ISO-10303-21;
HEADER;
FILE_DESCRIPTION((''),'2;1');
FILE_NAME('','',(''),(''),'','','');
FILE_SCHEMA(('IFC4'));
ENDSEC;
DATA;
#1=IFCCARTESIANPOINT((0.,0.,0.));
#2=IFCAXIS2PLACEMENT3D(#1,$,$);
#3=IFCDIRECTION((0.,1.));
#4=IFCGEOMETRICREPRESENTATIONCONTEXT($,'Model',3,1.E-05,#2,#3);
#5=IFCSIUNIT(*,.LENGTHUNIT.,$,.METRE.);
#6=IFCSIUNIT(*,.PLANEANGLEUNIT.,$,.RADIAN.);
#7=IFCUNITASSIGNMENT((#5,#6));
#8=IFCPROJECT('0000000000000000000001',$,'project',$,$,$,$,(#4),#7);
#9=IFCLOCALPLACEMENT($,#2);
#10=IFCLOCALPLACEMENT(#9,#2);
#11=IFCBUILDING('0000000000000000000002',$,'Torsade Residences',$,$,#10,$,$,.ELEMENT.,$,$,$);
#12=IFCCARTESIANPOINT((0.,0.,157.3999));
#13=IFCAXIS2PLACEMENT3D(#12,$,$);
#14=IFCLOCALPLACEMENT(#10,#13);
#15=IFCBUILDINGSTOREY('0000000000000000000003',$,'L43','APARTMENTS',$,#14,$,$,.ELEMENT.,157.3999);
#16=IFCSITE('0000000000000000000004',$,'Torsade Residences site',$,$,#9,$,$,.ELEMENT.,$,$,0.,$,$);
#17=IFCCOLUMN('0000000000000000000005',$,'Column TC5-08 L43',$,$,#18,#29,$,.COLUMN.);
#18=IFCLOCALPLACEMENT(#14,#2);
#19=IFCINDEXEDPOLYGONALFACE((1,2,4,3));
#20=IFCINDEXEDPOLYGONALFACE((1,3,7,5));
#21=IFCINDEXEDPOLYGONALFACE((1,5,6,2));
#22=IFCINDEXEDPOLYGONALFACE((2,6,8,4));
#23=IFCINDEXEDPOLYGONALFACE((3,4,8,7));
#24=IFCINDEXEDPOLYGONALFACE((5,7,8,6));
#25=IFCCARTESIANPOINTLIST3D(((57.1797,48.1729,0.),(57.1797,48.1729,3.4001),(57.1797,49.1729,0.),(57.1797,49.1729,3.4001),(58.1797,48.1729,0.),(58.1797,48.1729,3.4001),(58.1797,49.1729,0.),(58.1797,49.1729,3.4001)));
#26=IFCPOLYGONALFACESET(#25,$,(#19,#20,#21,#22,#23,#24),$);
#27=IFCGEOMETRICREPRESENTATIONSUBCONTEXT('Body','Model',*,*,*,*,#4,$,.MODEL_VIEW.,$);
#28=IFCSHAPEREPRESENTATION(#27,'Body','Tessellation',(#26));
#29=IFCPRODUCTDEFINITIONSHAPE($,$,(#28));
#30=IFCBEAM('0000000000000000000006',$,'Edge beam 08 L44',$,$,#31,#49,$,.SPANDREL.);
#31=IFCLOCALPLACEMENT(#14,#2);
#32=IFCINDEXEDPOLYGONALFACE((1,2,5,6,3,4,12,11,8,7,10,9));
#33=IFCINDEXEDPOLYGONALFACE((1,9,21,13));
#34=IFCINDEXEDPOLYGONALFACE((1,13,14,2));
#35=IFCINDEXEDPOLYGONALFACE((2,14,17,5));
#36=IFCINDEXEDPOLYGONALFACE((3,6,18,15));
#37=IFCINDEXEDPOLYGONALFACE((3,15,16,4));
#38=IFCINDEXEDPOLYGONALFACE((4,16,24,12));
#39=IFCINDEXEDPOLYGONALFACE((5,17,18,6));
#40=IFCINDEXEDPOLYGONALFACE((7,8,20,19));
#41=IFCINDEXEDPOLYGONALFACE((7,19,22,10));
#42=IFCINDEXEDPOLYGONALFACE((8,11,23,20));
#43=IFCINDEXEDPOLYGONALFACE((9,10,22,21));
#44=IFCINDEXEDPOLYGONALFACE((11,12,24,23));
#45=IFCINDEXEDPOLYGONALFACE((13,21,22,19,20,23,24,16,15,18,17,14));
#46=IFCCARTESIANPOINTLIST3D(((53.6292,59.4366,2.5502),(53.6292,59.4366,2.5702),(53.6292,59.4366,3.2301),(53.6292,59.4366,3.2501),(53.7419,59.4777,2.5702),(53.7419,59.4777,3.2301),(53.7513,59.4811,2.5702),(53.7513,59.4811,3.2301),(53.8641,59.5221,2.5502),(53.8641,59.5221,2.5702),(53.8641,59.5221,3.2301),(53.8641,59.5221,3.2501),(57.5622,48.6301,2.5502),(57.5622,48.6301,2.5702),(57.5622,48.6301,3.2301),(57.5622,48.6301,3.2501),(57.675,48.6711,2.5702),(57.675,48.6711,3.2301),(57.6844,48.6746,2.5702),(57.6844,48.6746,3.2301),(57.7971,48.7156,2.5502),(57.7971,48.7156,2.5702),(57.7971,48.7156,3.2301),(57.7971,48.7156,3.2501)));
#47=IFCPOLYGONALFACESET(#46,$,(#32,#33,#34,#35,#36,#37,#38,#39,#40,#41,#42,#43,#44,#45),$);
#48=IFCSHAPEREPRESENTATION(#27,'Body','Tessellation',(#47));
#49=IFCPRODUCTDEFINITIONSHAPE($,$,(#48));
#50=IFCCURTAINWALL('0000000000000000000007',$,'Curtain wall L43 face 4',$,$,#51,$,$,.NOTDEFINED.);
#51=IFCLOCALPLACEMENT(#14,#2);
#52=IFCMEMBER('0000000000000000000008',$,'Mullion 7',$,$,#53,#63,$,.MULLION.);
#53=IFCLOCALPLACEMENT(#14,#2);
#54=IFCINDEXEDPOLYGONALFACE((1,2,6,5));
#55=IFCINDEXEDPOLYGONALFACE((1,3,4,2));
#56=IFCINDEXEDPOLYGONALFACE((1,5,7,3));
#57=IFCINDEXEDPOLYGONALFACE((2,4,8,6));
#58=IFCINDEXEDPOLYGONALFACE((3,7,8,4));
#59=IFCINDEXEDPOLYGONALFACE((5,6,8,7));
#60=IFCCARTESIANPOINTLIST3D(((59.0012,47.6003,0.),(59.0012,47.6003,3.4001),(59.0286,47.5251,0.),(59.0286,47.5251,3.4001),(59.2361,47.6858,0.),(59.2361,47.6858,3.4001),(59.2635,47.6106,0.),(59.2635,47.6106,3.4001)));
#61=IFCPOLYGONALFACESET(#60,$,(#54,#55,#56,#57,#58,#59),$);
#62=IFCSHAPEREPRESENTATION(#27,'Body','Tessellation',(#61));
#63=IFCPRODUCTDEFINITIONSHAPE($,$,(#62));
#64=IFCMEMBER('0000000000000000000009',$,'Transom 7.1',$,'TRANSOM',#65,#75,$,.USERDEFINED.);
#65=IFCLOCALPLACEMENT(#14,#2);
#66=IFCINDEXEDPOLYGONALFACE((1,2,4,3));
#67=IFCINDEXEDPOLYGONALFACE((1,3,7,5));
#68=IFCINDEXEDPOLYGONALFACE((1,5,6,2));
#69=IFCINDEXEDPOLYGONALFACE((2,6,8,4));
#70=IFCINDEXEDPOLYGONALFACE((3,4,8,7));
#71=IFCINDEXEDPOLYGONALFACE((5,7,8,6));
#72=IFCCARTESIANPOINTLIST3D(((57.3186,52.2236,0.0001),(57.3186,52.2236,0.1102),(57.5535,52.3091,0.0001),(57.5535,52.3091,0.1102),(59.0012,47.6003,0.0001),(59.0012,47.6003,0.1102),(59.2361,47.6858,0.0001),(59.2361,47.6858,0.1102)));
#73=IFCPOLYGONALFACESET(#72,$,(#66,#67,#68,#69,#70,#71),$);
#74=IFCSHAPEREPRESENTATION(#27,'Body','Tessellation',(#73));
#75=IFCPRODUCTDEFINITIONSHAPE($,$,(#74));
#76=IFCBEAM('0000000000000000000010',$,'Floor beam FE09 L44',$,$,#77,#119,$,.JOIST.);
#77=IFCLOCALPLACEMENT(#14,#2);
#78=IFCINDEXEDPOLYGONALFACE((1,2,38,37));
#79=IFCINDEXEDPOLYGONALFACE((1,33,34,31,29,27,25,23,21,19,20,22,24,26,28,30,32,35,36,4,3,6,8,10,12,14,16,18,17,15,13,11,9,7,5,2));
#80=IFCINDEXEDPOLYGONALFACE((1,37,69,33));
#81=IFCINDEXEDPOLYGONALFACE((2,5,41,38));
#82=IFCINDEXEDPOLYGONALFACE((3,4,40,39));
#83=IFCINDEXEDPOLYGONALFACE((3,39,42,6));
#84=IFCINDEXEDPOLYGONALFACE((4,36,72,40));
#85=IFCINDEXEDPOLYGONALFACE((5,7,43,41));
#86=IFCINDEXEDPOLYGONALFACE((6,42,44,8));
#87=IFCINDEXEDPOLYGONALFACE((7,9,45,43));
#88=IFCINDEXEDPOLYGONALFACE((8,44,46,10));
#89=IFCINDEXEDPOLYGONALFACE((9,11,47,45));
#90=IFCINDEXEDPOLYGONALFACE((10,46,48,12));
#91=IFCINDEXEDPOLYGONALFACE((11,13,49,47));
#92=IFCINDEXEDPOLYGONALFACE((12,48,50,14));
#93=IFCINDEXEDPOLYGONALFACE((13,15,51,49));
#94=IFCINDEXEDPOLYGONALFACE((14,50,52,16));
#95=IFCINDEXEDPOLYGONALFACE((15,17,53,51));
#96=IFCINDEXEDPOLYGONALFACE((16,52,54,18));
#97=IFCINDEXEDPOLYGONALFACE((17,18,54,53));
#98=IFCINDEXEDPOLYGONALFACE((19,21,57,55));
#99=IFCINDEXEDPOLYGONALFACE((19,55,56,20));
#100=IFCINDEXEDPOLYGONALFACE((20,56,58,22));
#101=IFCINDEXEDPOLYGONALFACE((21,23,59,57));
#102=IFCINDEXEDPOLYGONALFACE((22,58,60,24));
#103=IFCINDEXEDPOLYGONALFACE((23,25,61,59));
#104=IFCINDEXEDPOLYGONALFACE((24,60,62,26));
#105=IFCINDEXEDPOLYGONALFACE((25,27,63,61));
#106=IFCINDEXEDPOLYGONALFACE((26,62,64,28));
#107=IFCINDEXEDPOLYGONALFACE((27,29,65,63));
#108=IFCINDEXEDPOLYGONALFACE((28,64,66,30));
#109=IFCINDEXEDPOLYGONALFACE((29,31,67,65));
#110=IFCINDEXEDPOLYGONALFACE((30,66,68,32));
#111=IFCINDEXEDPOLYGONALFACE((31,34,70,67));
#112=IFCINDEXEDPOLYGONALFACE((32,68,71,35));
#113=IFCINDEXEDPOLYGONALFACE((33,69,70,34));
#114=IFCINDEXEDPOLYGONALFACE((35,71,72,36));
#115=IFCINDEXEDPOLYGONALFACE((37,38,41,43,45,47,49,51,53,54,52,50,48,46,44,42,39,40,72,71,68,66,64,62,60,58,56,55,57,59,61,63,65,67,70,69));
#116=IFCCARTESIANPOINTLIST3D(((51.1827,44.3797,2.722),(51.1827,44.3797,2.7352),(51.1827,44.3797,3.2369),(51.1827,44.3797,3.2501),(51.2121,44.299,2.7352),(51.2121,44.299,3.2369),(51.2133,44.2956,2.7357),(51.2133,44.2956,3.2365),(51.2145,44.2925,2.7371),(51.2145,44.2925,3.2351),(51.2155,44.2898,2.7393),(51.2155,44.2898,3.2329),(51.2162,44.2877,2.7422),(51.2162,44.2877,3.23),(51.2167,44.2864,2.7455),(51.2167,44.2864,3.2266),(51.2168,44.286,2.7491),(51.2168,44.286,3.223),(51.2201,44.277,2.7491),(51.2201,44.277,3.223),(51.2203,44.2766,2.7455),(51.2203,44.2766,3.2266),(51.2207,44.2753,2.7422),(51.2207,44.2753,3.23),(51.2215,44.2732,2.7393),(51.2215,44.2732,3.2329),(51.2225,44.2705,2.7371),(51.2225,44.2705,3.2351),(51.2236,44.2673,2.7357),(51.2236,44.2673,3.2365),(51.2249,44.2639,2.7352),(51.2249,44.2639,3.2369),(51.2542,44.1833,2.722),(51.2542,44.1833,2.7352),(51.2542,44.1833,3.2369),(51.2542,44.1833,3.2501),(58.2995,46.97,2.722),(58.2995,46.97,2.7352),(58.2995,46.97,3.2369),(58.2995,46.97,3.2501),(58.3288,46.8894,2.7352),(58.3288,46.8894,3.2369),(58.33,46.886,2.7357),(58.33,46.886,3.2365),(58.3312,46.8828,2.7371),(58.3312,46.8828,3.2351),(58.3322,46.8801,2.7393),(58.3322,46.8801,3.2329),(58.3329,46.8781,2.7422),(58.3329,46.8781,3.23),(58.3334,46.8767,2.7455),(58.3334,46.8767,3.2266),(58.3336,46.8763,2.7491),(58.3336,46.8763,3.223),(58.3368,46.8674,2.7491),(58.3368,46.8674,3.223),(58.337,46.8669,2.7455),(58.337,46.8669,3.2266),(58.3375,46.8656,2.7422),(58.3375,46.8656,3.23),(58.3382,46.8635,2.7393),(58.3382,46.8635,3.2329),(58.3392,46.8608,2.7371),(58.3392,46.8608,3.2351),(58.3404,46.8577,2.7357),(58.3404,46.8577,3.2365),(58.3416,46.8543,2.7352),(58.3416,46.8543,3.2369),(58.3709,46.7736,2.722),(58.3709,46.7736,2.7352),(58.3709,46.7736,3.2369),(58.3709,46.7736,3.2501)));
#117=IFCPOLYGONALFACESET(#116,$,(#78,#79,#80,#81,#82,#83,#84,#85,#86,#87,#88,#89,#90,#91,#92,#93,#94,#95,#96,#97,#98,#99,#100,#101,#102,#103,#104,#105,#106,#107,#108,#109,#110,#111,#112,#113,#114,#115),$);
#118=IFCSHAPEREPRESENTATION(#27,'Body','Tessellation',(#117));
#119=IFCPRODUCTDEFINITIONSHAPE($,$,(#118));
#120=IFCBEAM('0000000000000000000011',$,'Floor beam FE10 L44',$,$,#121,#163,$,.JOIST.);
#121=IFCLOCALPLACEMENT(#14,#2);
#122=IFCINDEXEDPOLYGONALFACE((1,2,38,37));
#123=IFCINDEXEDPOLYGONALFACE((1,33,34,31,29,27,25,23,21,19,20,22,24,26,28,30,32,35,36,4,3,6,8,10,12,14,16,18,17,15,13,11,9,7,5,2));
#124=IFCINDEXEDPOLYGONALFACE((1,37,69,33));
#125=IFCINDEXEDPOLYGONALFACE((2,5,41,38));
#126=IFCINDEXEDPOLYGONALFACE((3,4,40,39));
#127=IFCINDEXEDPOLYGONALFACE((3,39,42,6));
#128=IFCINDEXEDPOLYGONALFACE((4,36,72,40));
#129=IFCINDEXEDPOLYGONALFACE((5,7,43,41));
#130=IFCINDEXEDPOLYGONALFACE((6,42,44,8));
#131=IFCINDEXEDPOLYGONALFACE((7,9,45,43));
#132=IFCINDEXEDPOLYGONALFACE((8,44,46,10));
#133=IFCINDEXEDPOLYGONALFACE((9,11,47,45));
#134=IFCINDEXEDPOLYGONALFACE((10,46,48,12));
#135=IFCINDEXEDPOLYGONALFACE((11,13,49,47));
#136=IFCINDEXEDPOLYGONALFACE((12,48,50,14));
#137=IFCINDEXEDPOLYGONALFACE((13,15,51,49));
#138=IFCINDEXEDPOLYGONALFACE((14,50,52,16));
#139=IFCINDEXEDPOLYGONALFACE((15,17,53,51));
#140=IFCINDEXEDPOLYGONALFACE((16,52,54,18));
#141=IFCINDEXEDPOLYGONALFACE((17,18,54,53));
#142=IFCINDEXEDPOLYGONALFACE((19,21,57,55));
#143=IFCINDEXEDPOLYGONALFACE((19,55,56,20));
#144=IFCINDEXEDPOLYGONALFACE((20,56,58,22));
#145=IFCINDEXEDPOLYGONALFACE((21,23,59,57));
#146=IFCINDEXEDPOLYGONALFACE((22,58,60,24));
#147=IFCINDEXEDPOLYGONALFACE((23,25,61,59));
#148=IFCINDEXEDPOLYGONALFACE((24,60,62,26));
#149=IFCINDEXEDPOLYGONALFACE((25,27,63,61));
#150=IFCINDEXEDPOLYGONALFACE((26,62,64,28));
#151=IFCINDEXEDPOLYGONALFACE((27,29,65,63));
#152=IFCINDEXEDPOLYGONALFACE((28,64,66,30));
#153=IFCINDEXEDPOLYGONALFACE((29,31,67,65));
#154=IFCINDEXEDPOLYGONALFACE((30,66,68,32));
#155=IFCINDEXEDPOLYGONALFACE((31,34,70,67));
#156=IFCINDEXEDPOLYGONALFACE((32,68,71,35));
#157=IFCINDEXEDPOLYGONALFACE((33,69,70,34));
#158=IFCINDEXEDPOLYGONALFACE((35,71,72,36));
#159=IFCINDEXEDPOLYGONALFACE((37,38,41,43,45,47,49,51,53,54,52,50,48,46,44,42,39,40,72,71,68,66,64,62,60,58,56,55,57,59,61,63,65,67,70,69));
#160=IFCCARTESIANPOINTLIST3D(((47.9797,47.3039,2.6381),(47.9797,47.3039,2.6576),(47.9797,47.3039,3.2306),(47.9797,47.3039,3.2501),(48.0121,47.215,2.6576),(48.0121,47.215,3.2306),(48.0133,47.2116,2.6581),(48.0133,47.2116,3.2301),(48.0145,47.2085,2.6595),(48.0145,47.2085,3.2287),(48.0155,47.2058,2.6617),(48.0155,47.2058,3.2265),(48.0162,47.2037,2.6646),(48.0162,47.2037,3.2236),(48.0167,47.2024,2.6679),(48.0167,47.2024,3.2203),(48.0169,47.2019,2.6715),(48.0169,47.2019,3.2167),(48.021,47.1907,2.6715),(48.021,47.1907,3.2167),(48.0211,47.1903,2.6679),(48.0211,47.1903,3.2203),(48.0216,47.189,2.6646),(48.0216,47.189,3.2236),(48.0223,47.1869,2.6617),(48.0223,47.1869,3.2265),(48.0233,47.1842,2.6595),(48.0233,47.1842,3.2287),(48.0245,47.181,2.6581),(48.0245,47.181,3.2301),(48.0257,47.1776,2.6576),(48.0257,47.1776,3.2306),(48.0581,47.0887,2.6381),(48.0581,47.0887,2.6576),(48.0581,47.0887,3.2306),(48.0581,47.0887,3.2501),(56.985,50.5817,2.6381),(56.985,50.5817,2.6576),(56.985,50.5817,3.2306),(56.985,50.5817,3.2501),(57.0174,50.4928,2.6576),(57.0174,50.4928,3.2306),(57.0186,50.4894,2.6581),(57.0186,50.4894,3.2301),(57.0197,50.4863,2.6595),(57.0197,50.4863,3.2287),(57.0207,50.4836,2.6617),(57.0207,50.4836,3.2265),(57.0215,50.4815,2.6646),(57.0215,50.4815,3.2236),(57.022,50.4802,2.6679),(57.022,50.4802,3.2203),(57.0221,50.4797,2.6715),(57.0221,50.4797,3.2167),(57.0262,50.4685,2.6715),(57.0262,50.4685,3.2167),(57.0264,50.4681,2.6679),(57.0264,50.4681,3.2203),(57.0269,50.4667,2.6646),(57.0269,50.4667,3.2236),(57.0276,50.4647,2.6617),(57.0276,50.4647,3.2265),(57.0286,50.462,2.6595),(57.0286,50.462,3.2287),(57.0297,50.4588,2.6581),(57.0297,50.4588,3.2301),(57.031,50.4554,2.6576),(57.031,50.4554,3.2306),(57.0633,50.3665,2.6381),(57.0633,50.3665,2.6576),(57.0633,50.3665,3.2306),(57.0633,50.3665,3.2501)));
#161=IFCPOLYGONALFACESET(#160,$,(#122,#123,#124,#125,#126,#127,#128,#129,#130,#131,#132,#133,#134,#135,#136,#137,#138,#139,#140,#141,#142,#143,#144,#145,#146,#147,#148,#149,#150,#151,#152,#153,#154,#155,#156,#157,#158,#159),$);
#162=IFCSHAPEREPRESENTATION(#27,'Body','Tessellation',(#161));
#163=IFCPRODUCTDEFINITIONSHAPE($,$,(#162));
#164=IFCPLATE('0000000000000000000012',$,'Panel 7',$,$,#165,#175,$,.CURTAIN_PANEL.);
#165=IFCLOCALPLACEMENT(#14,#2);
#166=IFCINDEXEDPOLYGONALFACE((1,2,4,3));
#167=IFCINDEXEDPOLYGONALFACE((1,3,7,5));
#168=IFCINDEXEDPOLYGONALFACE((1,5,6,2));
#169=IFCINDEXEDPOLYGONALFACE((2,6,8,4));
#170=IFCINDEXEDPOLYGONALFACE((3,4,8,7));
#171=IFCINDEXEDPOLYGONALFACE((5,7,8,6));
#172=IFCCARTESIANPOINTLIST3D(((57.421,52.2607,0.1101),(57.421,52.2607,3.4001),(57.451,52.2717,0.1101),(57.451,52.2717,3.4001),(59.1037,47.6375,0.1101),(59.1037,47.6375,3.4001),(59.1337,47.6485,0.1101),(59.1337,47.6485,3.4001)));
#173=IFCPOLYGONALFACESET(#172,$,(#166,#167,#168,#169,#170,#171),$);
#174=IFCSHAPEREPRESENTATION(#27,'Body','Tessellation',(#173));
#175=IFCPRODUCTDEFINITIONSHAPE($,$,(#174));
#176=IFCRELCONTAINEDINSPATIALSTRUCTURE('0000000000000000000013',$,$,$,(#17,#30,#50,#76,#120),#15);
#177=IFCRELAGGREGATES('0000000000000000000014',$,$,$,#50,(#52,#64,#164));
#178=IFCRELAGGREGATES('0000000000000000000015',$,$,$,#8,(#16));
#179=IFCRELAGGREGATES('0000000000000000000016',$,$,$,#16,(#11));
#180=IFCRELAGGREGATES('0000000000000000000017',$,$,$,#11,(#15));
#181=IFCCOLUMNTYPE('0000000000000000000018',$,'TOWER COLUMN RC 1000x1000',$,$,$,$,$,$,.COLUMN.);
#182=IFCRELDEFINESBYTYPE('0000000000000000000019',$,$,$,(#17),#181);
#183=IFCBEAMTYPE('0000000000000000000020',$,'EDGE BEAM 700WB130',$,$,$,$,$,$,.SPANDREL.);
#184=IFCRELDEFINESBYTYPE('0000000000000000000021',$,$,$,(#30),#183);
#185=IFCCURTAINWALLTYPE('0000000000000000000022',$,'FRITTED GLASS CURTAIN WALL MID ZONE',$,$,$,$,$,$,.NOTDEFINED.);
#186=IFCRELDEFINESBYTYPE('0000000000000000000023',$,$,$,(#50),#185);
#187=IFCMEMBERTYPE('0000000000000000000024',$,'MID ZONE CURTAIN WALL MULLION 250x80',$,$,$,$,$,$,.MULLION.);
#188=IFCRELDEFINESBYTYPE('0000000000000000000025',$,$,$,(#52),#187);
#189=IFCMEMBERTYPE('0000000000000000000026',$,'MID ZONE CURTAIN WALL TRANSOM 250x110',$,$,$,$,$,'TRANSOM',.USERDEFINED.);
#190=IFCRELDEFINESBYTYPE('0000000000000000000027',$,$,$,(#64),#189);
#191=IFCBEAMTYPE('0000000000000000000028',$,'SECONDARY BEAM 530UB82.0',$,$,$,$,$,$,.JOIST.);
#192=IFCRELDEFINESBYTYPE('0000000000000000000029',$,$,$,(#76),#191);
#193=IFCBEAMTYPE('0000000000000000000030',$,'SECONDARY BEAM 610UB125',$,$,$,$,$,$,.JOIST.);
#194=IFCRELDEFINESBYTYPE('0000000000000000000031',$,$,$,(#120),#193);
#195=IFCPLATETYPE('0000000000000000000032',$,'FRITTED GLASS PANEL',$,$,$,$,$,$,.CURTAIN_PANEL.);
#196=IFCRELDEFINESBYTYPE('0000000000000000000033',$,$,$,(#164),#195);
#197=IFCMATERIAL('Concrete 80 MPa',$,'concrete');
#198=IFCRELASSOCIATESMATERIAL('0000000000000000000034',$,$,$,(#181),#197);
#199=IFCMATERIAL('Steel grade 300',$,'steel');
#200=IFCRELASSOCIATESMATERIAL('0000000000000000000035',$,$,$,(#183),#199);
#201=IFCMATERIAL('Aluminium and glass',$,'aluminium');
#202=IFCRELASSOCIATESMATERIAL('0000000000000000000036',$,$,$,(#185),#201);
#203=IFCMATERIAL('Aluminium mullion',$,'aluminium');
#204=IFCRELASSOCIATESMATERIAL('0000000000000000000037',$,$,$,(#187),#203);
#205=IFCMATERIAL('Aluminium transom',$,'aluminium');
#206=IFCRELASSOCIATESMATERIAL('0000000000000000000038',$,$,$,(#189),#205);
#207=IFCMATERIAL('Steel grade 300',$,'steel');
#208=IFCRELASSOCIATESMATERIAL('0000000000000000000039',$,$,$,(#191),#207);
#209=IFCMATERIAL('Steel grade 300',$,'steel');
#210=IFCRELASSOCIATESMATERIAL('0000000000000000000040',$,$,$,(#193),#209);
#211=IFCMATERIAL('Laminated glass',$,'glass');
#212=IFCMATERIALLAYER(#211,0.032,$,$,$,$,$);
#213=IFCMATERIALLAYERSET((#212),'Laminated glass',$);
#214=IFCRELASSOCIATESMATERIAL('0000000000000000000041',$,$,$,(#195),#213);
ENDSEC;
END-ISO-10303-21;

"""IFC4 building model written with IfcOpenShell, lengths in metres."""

from ifc_helpers import new_model, si_unit, direction, frame, origin, origin_2d, place, context, subcontext, project, spatial, rectangle, i_section, extrude, material, layer, layer_set, material_profile, profile_set, type_object, element, aggregate, save


model = new_model("IFC4")

# Units and contexts
model_context = context("Model", 3, precision=1e-05, world=origin(), true_north=direction((0.0, 1.0)))
body_context = subcontext(model_context, "Body", "Model", "MODEL_VIEW")
ifc_project = project(units=[si_unit("LENGTHUNIT", "METRE"), si_unit("PLANEANGLEUNIT", "RADIAN")], contexts=[model_context])

# Site, building, storey
site_placement = place(None, origin())
site = spatial("IfcSite", under=ifc_project, at=site_placement, Name="Torsade Residences site", CompositionType="ELEMENT", RefElevation=0.0)
building_placement = place(site_placement, origin())
building = spatial("IfcBuilding", under=site, at=building_placement, Name="Torsade Residences", CompositionType="ELEMENT")
storey_placement = place(building_placement, frame((0.0, 0.0, 157.3999)))
storey = spatial("IfcBuildingStorey", under=building, at=storey_placement, Name="L43", Description="APARTMENTS", CompositionType="ELEMENT", Elevation=157.3999)

# Column
ifc_material_1 = material(Name="Concrete 80 MPa", Category="concrete")
ifc_material_profile_1 = material_profile(ifc_material_1, rectangle(XDim=1.0, YDim=1.0, at=origin_2d()), Name="RC 1000x1000")
ifc_profile_set_1 = profile_set([ifc_material_profile_1], Name="Concrete 80 MPa")
column_type = type_object("IfcColumnType", Name="TOWER COLUMN RC 1000x1000", PredefinedType="COLUMN", material=ifc_profile_set_1)
column_placement = place(storey_placement, frame((57.6797, 48.6729, 0.0), z_axis=(0.0, 0.0, 1.0), x_axis=(1.0, 0.0, 0.0)))
element("IfcColumn", 1, at=column_placement, inside=storey, type_object=column_type, Name="Column TC5-08 L43", PredefinedType="COLUMN", context=body_context, shape_type="SweptSolid", body=[
    extrude(rectangle(XDim=1.0, YDim=1.0, at=origin_2d()), origin(), (0.0, 0.0, 1.0), 3.4001),
])

# Beam
ifc_material_2 = material(Name="Steel grade 300", Category="steel")
ifc_material_profile_2 = material_profile(ifc_material_2, i_section(OverallWidth=0.25, OverallDepth=0.7, WebThickness=0.01, FlangeThickness=0.02, at=origin_2d()), Name="700WB130")
ifc_profile_set_2 = profile_set([ifc_material_profile_2], Name="Steel grade 300")
beam_type_1 = type_object("IfcBeamType", Name="EDGE BEAM 700WB130", PredefinedType="SPANDREL", material=ifc_profile_set_2)
beam_1_placement = place(storey_placement, frame((57.6797, 48.6729, 2.9001), z_axis=(-0.342006, 0.939698, 0.0), x_axis=(-0.939698, -0.342006, 0.0)))
element("IfcBeam", 2, at=beam_1_placement, inside=storey, type_object=beam_type_1, Name="Edge beam 08 L44", PredefinedType="SPANDREL", context=body_context, shape_type="SweptSolid", body=[
    extrude(i_section(OverallWidth=0.25, OverallDepth=0.7, WebThickness=0.01, FlangeThickness=0.02, at=origin_2d()), origin(), (0.0, 0.0, 1.0), 11.5),
])

# Curtain wall, members
ifc_material_3 = material(Name="Aluminium and glass", Category="aluminium")
curtain_wall_type = type_object("IfcCurtainWallType", Name="FRITTED GLASS CURTAIN WALL MID ZONE", PredefinedType="NOTDEFINED", material=ifc_material_3)
curtain_wall_placement = place(storey_placement, origin())
curtain_wall = element("IfcCurtainWall", 3, at=curtain_wall_placement, inside=storey, type_object=curtain_wall_type, Name="Curtain wall L43 face 4", PredefinedType="NOTDEFINED")
ifc_material_4 = material(Name="Aluminium mullion", Category="aluminium")
ifc_material_profile_3 = material_profile(ifc_material_4, rectangle(XDim=0.25, YDim=0.0801, at=origin_2d()), Name="MID ZONE CURTAIN WALL MULLION 250x80")
ifc_profile_set_3 = profile_set([ifc_material_profile_3], Name="Aluminium mullion")
member_type_1 = type_object("IfcMemberType", Name="MID ZONE CURTAIN WALL MULLION 250x80", PredefinedType="MULLION", material=ifc_profile_set_3)
member_1_placement = place(storey_placement, frame((59.1323, 47.6055, 0.0), z_axis=(0.0, 0.0, 1.0), x_axis=(-0.939693, -0.34202, 0.0)))
member_1 = element("IfcMember", 4, at=member_1_placement, type_object=member_type_1, Name="Mullion 7", PredefinedType="MULLION", context=body_context, shape_type="SweptSolid", body=[
    extrude(rectangle(XDim=0.25, YDim=0.0801, at=origin_2d()), origin(), (0.0, 0.0, 1.0), 3.4001),
])
ifc_material_5 = material(Name="Aluminium transom", Category="aluminium")
ifc_material_profile_4 = material_profile(ifc_material_5, rectangle(XDim=0.25, YDim=0.1101, at=origin_2d()), Name="MID ZONE CURTAIN WALL TRANSOM 250x110")
ifc_profile_set_4 = profile_set([ifc_material_profile_4], Name="Aluminium transom")
member_type_2 = type_object("IfcMemberType", Name="MID ZONE CURTAIN WALL TRANSOM 250x110", ElementType="TRANSOM", PredefinedType="USERDEFINED", material=ifc_profile_set_4)
member_2_placement = place(storey_placement, frame((59.1187, 47.6431, 0.0552), z_axis=(-0.341998, 0.939701, 0.0), x_axis=(-0.939701, -0.341998, 0.0)))
member_2 = element("IfcMember", 5, at=member_2_placement, type_object=member_type_2, Name="Transom 7.1", ObjectType="TRANSOM", PredefinedType="USERDEFINED", context=body_context, shape_type="SweptSolid", body=[
    extrude(rectangle(XDim=0.25, YDim=0.1101, at=origin_2d()), origin(), (0.0, 0.0, 1.0), 4.9199),
])

# Beams
ifc_material_6 = material(Name="Steel grade 300", Category="steel")
ifc_material_profile_5 = material_profile(ifc_material_6, i_section(OverallWidth=0.209, OverallDepth=0.5281, WebThickness=0.0095, FlangeThickness=0.0132, FilletRadius=0.0139, at=origin_2d()), Name="530UB82.0")
ifc_profile_set_5 = profile_set([ifc_material_profile_5], Name="Steel grade 300")
beam_type_2 = type_object("IfcBeamType", Name="SECONDARY BEAM 530UB82.0", PredefinedType="JOIST", material=ifc_profile_set_5)
beam_2_placement = place(storey_placement, frame((58.3352, 46.8718, 2.9861), z_axis=(-0.93969, -0.342028, 0.0), x_axis=(0.342028, -0.93969, 0.0)))
element("IfcBeam", 6, at=beam_2_placement, inside=storey, type_object=beam_type_2, Name="Floor beam FE09 L44", PredefinedType="JOIST", context=body_context, shape_type="SweptSolid", body=[
    extrude(i_section(OverallWidth=0.209, OverallDepth=0.5281, WebThickness=0.0095, FlangeThickness=0.0132, FilletRadius=0.0139, at=origin_2d()), origin(), (0.0, 0.0, 1.0), 7.5735),
])
ifc_material_7 = material(Name="Steel grade 300", Category="steel")
ifc_material_profile_6 = material_profile(ifc_material_7, i_section(OverallWidth=0.229, OverallDepth=0.6121, WebThickness=0.012, FlangeThickness=0.0195, FilletRadius=0.0139, at=origin_2d()), Name="610UB125")
ifc_profile_set_6 = profile_set([ifc_material_profile_6], Name="Steel grade 300")
beam_type_3 = type_object("IfcBeamType", Name="SECONDARY BEAM 610UB125", PredefinedType="JOIST", material=ifc_profile_set_6)
beam_3_placement = place(storey_placement, frame((57.0242, 50.4741, 2.9441), z_axis=(-0.939688, -0.342034, 0.0), x_axis=(0.342034, -0.939688, 0.0)))
element("IfcBeam", 7, at=beam_3_placement, inside=storey, type_object=beam_type_3, Name="Floor beam FE10 L44", PredefinedType="JOIST", context=body_context, shape_type="SweptSolid", body=[
    extrude(i_section(OverallWidth=0.229, OverallDepth=0.6121, WebThickness=0.012, FlangeThickness=0.0195, FilletRadius=0.0139, at=origin_2d()), origin(), (0.0, 0.0, 1.0), 9.5833),
])

# Plate
ifc_material_8 = material(Name="Laminated glass", Category="glass")
ifc_layer_1 = layer(ifc_material_8, 0.032)
ifc_layer_set_1 = layer_set([ifc_layer_1], Name="Laminated glass")
plate_type_1 = type_object("IfcPlateType", Name="FRITTED GLASS PANEL", PredefinedType="CURTAIN_PANEL", material=ifc_layer_set_1)
plate_1_placement = place(storey_placement, frame((58.2773, 49.9546, 0.1101), z_axis=(0.0, 0.0, 1.0), x_axis=(-0.34202, 0.939693, 0.0)))
plate_1 = element("IfcPlate", 8, at=plate_1_placement, type_object=plate_type_1, Name="Panel 7", PredefinedType="CURTAIN_PANEL", context=body_context, shape_type="SweptSolid", body=[
    extrude(rectangle(XDim=4.9199, YDim=0.032, at=origin_2d()), origin(), (0.0, 0.0, 1.0), 3.29),
])
aggregate(curtain_wall, [member_1, member_2, plate_1])

save(model, "model.ifc")
